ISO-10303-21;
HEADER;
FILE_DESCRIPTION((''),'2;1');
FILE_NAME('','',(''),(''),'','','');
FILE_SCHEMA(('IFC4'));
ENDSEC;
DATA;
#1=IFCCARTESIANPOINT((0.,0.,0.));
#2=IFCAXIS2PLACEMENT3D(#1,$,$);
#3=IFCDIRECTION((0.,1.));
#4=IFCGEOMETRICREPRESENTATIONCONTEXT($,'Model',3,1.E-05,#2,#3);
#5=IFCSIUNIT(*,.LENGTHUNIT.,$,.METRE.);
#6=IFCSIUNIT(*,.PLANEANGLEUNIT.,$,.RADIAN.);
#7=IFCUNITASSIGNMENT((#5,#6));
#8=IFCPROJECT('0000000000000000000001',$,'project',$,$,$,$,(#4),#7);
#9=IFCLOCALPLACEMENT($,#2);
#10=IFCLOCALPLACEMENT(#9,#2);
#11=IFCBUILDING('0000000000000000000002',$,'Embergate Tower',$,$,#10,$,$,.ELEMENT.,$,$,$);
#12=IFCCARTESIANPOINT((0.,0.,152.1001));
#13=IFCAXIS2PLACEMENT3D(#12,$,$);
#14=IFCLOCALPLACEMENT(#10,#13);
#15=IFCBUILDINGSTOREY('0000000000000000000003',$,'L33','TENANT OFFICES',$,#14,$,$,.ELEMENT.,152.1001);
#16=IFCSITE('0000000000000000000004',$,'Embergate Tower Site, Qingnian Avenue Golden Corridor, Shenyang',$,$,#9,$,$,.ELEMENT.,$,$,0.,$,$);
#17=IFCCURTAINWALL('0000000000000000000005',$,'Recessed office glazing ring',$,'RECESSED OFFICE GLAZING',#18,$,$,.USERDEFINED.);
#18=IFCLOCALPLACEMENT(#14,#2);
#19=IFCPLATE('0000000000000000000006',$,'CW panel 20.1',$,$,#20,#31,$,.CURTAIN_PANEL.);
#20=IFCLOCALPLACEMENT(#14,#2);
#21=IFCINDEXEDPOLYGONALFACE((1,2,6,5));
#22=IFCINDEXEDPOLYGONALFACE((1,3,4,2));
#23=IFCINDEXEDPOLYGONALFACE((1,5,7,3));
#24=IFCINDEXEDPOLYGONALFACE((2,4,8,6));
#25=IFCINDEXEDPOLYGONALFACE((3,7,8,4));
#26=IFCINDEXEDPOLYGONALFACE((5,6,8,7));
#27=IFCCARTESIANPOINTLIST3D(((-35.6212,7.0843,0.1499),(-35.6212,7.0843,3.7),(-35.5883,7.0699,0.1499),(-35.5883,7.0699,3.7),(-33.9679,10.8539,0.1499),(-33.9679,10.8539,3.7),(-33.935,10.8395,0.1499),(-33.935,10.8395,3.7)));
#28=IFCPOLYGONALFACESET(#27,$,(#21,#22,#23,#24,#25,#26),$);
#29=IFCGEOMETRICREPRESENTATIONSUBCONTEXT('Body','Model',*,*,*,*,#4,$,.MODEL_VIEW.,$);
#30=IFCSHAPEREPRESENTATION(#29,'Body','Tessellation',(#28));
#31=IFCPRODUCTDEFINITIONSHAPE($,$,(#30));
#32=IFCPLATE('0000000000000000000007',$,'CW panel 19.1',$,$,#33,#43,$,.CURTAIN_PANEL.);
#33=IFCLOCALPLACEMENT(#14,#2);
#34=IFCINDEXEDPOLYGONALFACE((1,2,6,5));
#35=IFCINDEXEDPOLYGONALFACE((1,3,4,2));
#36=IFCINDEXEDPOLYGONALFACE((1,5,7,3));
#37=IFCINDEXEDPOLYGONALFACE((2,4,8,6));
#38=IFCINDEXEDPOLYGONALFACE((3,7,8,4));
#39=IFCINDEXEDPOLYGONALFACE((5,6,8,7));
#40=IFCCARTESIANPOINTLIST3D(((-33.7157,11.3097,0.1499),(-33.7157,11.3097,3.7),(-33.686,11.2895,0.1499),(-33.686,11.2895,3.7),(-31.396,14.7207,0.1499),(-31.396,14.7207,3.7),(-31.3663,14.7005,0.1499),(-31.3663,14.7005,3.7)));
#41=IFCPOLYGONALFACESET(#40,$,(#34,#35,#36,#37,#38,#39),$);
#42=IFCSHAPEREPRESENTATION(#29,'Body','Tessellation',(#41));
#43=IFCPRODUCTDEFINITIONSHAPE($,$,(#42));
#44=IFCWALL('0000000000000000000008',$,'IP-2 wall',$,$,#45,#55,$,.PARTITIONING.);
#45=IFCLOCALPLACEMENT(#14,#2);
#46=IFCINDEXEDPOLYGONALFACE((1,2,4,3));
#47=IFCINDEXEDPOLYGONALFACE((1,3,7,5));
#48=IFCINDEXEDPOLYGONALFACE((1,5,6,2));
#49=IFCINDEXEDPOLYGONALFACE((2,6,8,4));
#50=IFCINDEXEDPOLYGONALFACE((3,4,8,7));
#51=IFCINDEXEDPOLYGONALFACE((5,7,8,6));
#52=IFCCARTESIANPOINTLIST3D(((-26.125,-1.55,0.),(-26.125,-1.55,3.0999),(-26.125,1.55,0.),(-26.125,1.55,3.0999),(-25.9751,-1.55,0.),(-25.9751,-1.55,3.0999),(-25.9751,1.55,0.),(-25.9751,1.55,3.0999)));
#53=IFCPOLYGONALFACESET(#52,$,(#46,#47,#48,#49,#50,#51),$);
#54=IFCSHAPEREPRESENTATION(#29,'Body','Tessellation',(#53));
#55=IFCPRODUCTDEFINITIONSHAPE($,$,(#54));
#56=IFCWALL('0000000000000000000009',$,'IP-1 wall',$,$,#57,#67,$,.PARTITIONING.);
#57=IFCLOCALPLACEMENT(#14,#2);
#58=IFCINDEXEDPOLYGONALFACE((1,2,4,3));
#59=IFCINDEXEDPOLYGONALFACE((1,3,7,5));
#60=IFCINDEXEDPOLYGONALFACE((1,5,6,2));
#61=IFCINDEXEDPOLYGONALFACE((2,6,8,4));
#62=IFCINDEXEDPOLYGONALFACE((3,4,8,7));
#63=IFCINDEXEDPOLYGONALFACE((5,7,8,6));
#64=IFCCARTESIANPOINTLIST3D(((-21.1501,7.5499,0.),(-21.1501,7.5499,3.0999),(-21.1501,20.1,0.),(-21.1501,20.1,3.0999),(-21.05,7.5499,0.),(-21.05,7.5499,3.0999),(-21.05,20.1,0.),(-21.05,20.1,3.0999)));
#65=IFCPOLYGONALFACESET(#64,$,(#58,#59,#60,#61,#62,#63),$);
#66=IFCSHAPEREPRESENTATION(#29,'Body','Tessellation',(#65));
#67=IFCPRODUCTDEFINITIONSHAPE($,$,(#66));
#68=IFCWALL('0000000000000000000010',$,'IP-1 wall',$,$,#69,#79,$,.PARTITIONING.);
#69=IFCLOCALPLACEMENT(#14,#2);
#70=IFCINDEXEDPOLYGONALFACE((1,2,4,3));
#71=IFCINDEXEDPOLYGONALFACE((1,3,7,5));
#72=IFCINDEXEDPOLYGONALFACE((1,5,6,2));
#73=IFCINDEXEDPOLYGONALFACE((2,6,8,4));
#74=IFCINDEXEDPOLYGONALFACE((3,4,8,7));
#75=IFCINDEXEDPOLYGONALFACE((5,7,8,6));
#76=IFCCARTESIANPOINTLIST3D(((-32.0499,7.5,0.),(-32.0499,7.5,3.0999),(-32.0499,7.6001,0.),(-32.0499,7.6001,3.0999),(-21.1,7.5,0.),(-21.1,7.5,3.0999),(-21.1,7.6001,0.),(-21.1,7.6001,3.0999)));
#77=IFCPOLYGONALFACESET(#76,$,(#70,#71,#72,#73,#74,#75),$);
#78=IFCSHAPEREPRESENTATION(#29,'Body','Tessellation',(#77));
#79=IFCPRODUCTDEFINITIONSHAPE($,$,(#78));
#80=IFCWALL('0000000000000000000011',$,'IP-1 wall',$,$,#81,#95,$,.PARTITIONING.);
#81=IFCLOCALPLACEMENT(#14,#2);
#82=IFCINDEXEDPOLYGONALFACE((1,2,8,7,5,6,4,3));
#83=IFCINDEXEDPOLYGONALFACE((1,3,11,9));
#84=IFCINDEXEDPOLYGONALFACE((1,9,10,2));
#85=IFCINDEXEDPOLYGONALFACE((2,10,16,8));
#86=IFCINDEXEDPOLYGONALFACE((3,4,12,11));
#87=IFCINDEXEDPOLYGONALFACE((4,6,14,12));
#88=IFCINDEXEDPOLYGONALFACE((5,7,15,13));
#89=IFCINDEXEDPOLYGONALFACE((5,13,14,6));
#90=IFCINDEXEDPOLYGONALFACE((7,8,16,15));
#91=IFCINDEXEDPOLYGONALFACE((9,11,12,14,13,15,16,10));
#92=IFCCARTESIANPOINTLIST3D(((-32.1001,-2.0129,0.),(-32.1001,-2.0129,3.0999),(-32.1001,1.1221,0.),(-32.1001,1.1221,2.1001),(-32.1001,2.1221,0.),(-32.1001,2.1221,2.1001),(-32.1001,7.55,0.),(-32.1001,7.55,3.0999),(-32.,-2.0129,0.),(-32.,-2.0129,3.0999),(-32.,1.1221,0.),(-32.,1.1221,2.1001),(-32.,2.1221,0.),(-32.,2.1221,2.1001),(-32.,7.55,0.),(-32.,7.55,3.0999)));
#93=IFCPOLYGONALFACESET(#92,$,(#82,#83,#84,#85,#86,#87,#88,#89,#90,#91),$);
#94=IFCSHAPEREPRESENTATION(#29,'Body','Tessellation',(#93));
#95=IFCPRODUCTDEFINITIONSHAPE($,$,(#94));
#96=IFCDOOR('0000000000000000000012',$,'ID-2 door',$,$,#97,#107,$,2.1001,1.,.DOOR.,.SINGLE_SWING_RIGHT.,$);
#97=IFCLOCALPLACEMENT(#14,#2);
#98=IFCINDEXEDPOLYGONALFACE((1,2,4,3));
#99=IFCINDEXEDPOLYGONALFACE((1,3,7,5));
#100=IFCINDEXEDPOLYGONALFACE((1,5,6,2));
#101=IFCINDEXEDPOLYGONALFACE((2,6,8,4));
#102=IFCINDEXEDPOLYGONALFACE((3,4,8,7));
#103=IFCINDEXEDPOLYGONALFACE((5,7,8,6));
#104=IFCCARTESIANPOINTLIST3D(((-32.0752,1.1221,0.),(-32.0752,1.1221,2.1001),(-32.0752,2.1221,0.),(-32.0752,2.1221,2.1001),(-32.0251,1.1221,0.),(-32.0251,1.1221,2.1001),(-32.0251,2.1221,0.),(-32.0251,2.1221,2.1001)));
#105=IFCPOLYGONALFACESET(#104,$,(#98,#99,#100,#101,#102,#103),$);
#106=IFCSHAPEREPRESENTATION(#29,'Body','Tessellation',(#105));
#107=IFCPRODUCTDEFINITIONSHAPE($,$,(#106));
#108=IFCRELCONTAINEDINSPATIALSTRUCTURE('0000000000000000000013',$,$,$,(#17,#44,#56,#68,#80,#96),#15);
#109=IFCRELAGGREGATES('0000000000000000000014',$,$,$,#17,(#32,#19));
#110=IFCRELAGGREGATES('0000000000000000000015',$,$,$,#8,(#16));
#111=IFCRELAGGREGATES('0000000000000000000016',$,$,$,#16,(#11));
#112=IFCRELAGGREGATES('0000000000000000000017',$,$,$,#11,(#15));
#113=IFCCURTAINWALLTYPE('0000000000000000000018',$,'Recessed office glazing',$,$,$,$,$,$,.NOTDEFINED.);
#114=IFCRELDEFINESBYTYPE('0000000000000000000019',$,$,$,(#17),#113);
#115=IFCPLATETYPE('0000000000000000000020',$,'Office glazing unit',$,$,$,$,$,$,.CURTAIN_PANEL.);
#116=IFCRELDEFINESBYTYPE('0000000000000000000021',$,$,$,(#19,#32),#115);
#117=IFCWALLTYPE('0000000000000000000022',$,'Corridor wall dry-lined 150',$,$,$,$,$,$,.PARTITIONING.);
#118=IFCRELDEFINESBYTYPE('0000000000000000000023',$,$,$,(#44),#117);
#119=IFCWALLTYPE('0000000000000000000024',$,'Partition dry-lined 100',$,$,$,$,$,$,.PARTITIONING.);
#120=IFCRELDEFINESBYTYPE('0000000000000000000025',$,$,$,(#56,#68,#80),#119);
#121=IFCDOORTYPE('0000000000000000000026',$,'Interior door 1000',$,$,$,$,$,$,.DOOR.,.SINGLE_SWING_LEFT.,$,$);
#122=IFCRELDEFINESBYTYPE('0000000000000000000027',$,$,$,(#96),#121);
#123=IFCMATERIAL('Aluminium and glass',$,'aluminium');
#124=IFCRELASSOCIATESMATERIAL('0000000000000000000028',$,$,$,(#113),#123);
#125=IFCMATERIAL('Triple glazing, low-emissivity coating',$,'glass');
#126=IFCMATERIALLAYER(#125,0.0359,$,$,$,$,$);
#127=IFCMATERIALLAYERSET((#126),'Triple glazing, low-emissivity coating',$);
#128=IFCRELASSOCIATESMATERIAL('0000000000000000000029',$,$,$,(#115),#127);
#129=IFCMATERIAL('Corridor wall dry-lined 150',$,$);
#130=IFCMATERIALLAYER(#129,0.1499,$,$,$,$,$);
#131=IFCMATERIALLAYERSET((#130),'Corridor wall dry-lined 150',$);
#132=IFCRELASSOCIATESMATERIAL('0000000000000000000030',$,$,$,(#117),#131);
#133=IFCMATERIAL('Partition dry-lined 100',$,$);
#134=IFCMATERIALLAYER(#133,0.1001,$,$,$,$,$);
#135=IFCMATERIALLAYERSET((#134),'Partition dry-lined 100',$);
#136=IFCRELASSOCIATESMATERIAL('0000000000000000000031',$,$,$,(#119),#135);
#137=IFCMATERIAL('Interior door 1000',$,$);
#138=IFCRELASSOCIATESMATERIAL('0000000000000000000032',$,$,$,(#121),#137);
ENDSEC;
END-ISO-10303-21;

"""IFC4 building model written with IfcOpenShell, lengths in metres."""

from ifc_helpers import new_model, si_unit, direction, frame, frame_2d, origin, origin_2d, place, context, subcontext, project, spatial, rectangle, extrude, source, transform, mapped, material, layer, layer_set, type_object, element, fill, aggregate, save


model = new_model("IFC4")

# Units and contexts
model_context = context("Model", 3, precision=1e-05, world=origin(), true_north=direction((0.0, 1.0)))
body_context = subcontext(model_context, "Body", "Model", "MODEL_VIEW")
ifc_project = project(units=[si_unit("LENGTHUNIT", "METRE"), si_unit("PLANEANGLEUNIT", "RADIAN")], contexts=[model_context])

# Site, building, storey
site_placement = place(None, origin())
site = spatial("IfcSite", under=ifc_project, at=site_placement, Name="Embergate Tower Site, Qingnian Avenue Golden Corridor, Shenyang", CompositionType="ELEMENT", RefElevation=0.0)
building_placement = place(site_placement, origin())
building = spatial("IfcBuilding", under=site, at=building_placement, Name="Embergate Tower", CompositionType="ELEMENT")
storey_placement = place(building_placement, frame((0.0, 0.0, 152.1001)))
storey = spatial("IfcBuildingStorey", under=building, at=storey_placement, Name="L33", Description="TENANT OFFICES", CompositionType="ELEMENT", Elevation=152.1001)

# Curtain wall, plates
ifc_material_1 = material(Name="Aluminium and glass", Category="aluminium")
curtain_wall_type = type_object("IfcCurtainWallType", Name="Recessed office glazing", PredefinedType="NOTDEFINED", material=ifc_material_1)
curtain_wall_placement = place(storey_placement, origin())
curtain_wall = element("IfcCurtainWall", 1, at=curtain_wall_placement, inside=storey, type_object=curtain_wall_type, Name="Recessed office glazing ring", ObjectType="RECESSED OFFICE GLAZING", PredefinedType="USERDEFINED")
ifc_material_2 = material(Name="Triple glazing, low-emissivity coating", Category="glass")
ifc_layer_1 = layer(ifc_material_2, 0.0359)
ifc_layer_set_1 = layer_set([ifc_layer_1], Name="Triple glazing, low-emissivity coating")
plate_type = type_object("IfcPlateType", Name="Office glazing unit", PredefinedType="CURTAIN_PANEL", material=ifc_layer_set_1)
shared_shape_1 = source(origin(), body_context, "Body", "SweptSolid", [
    extrude(rectangle(XDim=4.1162, YDim=0.0359, at=origin_2d()), origin(), (0.0, 0.0, 1.0), 3.55),
])
plate_1_placement = place(storey_placement, frame((-34.7781, 8.9619, 0.1499), z_axis=(0.0, 0.0, 1.0), x_axis=(-0.401652, -0.915792, 0.0)))
plate_1 = element("IfcPlate", 2, at=plate_1_placement, type_object=plate_type, Name="CW panel 20.1", PredefinedType="CURTAIN_PANEL", context=body_context, shape_type="MappedRepresentation", body=[
    mapped(shared_shape_1, transform((0.0, 0.0, 0.0))),
])
shared_shape_2 = source(origin(), body_context, "Body", "SweptSolid", [
    extrude(rectangle(XDim=4.125, YDim=0.0359, at=origin_2d()), origin(), (0.0, 0.0, 1.0), 3.55),
])
plate_2_placement = place(storey_placement, frame((-32.541, 13.0051, 0.1499), z_axis=(0.0, 0.0, 1.0), x_axis=(-0.562342, -0.826905, 0.0)))
plate_2 = element("IfcPlate", 3, at=plate_2_placement, type_object=plate_type, Name="CW panel 19.1", PredefinedType="CURTAIN_PANEL", context=body_context, shape_type="MappedRepresentation", body=[
    mapped(shared_shape_2, transform((0.0, 0.0, 0.0))),
])
aggregate(curtain_wall, [plate_2, plate_1])

# Walls
ifc_material_3 = material(Name="Corridor wall dry-lined 150")
ifc_layer_2 = layer(ifc_material_3, 0.1499)
ifc_layer_set_2 = layer_set([ifc_layer_2], Name="Corridor wall dry-lined 150")
wall_type_1 = type_object("IfcWallType", Name="Corridor wall dry-lined 150", PredefinedType="PARTITIONING", material=ifc_layer_set_2)
shared_shape_3 = source(origin(), body_context, "Body", "SweptSolid", [
    extrude(rectangle(XDim=3.1001, YDim=0.1499, at=frame_2d((1.55, 0.0))), origin(), (0.0, 0.0, 1.0), 3.0999),
])
wall_1_placement = place(storey_placement, frame((-26.05, 1.55, 0.0), z_axis=(0.0, 0.0, 1.0), x_axis=(0.0, -1.0, 0.0)))
element("IfcWall", 4, at=wall_1_placement, inside=storey, type_object=wall_type_1, Name="IP-2 wall", PredefinedType="PARTITIONING", context=body_context, shape_type="MappedRepresentation", body=[
    mapped(shared_shape_3, transform((0.0, 0.0, 0.0))),
])
ifc_material_4 = material(Name="Partition dry-lined 100")
ifc_layer_3 = layer(ifc_material_4, 0.1001)
ifc_layer_set_3 = layer_set([ifc_layer_3], Name="Partition dry-lined 100")
wall_type_2 = type_object("IfcWallType", Name="Partition dry-lined 100", PredefinedType="PARTITIONING", material=ifc_layer_set_3)
shared_shape_4 = source(origin(), body_context, "Body", "SweptSolid", [
    extrude(rectangle(XDim=12.55, YDim=0.1001, at=frame_2d((6.2749, 0.0))), origin(), (0.0, 0.0, 1.0), 3.0999),
])
wall_2_placement = place(storey_placement, frame((-21.1001, 7.55, 0.0), z_axis=(0.0, 0.0, 1.0), x_axis=(0.0, 1.0, 0.0)))
element("IfcWall", 5, at=wall_2_placement, inside=storey, type_object=wall_type_2, Name="IP-1 wall", PredefinedType="PARTITIONING", context=body_context, shape_type="MappedRepresentation", body=[
    mapped(shared_shape_4, transform((0.0, 0.0, 0.0))),
])
shared_shape_5 = source(origin(), body_context, "Body", "SweptSolid", [
    extrude(rectangle(XDim=10.95, YDim=0.1001, at=frame_2d((5.4751, 0.0))), origin(), (0.0, 0.0, 1.0), 3.0999),
])
wall_3_placement = place(storey_placement, frame((-32.05, 7.55, 0.0), z_axis=(0.0, 0.0, 1.0), x_axis=(1.0, 0.0, 0.0)))
element("IfcWall", 6, at=wall_3_placement, inside=storey, type_object=wall_type_2, Name="IP-1 wall", PredefinedType="PARTITIONING", context=body_context, shape_type="MappedRepresentation", body=[
    mapped(shared_shape_5, transform((0.0, 0.0, 0.0))),
])

# Wall, opening, door
shared_shape_6 = source(origin(), body_context, "Body", "SweptSolid", [
    extrude(rectangle(XDim=9.563, YDim=0.1001, at=frame_2d((4.7815, 0.0))), origin(), (0.0, 0.0, 1.0), 3.0999),
])
wall_4_placement = place(storey_placement, frame((-32.05, 7.55, 0.0), z_axis=(0.0, 0.0, 1.0), x_axis=(0.0, -1.0, 0.0)))
wall_4 = element("IfcWall", 7, at=wall_4_placement, inside=storey, type_object=wall_type_2, Name="IP-1 wall", PredefinedType="PARTITIONING", context=body_context, shape_type="MappedRepresentation", body=[
    mapped(shared_shape_6, transform((0.0, 0.0, 0.0))),
])
shared_shape_7 = source(origin(), body_context, "Body", "SweptSolid", [
    extrude(rectangle(XDim=1.0, YDim=2.1001, at=frame_2d((0.5, 1.05))), frame((0.0, 0.0601, 0.0), z_axis=(0.0, -1.0, 0.0), x_axis=(1.0, 0.0, 0.0)), (0.0, 0.0, 1.0), 0.1201),
])
opening_placement = place(wall_4_placement, frame((5.428, 0.0, 0.0)))
opening = element("IfcOpeningElement", 8, at=opening_placement, cuts=wall_4, PredefinedType="OPENING", context=body_context, shape_type="MappedRepresentation", body=[
    mapped(shared_shape_7, transform((0.0, 0.0, 0.0))),
])
ifc_material_5 = material(Name="Interior door 1000")
door_type = type_object("IfcDoorType", Name="Interior door 1000", OperationType="SINGLE_SWING_LEFT", PredefinedType="DOOR", material=ifc_material_5)
shared_shape_8 = source(origin(), body_context, "Body", "SweptSolid", [
    extrude(rectangle(XDim=1.0, YDim=2.1001, at=frame_2d((0.5, 1.05))), frame((0.0, 0.0249, 0.0), z_axis=(0.0, -1.0, 0.0), x_axis=(1.0, 0.0, 0.0)), (0.0, 0.0, 1.0), 0.05),
])
door_placement = place(opening_placement, origin())
door = element("IfcDoor", 9, at=door_placement, inside=storey, type_object=door_type, Name="ID-2 door", OperationType="SINGLE_SWING_RIGHT", OverallHeight=2.1001, OverallWidth=1.0, PredefinedType="DOOR", context=body_context, shape_type="MappedRepresentation", body=[
    mapped(shared_shape_8, transform((0.0, 0.0, 0.0))),
])
fill(opening, door)

save(model, "model.ifc")
